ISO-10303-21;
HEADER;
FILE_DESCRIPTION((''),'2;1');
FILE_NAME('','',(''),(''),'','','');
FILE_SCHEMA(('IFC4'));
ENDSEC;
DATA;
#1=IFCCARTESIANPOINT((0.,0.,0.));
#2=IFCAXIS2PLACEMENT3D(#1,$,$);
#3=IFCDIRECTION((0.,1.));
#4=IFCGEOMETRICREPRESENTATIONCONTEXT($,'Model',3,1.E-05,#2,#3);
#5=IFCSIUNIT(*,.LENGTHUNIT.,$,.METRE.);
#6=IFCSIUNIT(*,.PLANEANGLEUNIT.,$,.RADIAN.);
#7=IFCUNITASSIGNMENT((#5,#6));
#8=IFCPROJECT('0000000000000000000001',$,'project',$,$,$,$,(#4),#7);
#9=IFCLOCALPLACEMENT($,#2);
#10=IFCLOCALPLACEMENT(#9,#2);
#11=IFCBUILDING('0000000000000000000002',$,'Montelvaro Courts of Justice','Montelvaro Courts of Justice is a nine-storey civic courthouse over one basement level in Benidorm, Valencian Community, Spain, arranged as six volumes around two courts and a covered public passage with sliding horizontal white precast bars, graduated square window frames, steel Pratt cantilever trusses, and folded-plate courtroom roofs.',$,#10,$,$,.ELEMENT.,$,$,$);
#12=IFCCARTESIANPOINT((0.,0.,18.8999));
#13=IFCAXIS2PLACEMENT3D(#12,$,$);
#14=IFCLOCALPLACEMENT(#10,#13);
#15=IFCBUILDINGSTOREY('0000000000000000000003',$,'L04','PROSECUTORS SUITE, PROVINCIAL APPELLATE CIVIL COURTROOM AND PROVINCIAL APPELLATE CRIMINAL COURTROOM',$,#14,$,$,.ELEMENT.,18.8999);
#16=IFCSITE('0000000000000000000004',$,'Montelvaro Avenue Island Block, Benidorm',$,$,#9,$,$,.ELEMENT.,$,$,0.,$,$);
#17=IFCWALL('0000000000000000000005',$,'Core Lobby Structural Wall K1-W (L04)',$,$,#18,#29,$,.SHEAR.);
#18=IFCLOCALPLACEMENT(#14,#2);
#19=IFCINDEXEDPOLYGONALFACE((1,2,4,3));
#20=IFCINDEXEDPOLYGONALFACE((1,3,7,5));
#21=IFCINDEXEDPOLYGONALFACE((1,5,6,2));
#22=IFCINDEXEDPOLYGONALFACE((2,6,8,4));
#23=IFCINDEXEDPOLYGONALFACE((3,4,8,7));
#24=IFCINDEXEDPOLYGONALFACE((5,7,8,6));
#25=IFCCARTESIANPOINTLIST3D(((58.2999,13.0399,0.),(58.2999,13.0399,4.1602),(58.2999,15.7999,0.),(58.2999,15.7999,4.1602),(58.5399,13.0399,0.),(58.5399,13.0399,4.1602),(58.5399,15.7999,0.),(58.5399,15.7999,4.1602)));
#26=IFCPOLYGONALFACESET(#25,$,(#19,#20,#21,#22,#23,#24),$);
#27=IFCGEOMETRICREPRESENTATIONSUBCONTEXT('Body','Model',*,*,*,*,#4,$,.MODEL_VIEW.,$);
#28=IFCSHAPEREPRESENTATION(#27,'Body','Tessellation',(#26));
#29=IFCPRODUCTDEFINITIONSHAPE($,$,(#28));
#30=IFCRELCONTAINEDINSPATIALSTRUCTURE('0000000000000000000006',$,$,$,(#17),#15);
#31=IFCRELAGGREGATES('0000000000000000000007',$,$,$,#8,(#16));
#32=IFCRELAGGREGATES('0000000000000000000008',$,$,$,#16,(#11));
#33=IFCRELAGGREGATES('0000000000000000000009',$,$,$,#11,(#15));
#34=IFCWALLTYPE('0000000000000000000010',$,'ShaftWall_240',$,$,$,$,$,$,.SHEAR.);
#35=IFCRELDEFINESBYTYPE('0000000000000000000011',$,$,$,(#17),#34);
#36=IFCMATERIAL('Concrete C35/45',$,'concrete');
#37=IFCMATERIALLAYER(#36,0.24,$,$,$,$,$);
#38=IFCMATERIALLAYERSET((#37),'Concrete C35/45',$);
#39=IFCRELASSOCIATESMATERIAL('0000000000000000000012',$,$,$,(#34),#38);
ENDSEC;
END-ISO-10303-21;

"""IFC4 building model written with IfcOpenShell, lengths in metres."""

from ifc_helpers import new_model, si_unit, direction, frame, frame_2d, origin, place, context, subcontext, project, spatial, rectangle, extrude, material, layer, layer_set, type_object, element, save


model = new_model("IFC4")

# Units and contexts
model_context = context("Model", 3, precision=1e-05, world=origin(), true_north=direction((0.0, 1.0)))
body_context = subcontext(model_context, "Body", "Model", "MODEL_VIEW")
ifc_project = project(units=[si_unit("LENGTHUNIT", "METRE"), si_unit("PLANEANGLEUNIT", "RADIAN")], contexts=[model_context])

# Site, building, storey
site_placement = place(None, origin())
site = spatial("IfcSite", under=ifc_project, at=site_placement, Name="Montelvaro Avenue Island Block, Benidorm", CompositionType="ELEMENT", RefElevation=0.0)
building_placement = place(site_placement, origin())
building = spatial("IfcBuilding", under=site, at=building_placement, Name="Montelvaro Courts of Justice", Description="Montelvaro Courts of Justice is a nine-storey civic courthouse over one basement level in Benidorm, Valencian Community, Spain, arranged as six volumes around two courts and a covered public passage with sliding horizontal white precast bars, graduated square window frames, steel Pratt cantilever trusses, and folded-plate courtroom roofs.", CompositionType="ELEMENT")
storey_placement = place(building_placement, frame((0.0, 0.0, 18.8999)))
storey = spatial("IfcBuildingStorey", under=building, at=storey_placement, Name="L04", Description="PROSECUTORS SUITE, PROVINCIAL APPELLATE CIVIL COURTROOM AND PROVINCIAL APPELLATE CRIMINAL COURTROOM", CompositionType="ELEMENT", Elevation=18.8999)

# Wall
ifc_material_1 = material(Name="Concrete C35/45", Category="concrete")
ifc_layer_1 = layer(ifc_material_1, 0.24)
ifc_layer_set_1 = layer_set([ifc_layer_1], Name="Concrete C35/45")
wall_type_1 = type_object("IfcWallType", Name="ShaftWall_240", PredefinedType="SHEAR", material=ifc_layer_set_1)
wall_1_placement = place(storey_placement, frame((58.4199, 13.04, 0.0), z_axis=(0.0, 0.0, 1.0), x_axis=(0.0, 1.0, 0.0)))
element("IfcWall", 1, at=wall_1_placement, inside=storey, type_object=wall_type_1, Name="Core Lobby Structural Wall K1-W (L04)", PredefinedType="SHEAR", context=body_context, shape_type="SweptSolid", body=[
    extrude(rectangle(XDim=2.76, YDim=0.24, at=frame_2d((1.3799, 0.0))), origin(), (0.0, 0.0, 1.0), 4.1602),
])

save(model, "model.ifc")
